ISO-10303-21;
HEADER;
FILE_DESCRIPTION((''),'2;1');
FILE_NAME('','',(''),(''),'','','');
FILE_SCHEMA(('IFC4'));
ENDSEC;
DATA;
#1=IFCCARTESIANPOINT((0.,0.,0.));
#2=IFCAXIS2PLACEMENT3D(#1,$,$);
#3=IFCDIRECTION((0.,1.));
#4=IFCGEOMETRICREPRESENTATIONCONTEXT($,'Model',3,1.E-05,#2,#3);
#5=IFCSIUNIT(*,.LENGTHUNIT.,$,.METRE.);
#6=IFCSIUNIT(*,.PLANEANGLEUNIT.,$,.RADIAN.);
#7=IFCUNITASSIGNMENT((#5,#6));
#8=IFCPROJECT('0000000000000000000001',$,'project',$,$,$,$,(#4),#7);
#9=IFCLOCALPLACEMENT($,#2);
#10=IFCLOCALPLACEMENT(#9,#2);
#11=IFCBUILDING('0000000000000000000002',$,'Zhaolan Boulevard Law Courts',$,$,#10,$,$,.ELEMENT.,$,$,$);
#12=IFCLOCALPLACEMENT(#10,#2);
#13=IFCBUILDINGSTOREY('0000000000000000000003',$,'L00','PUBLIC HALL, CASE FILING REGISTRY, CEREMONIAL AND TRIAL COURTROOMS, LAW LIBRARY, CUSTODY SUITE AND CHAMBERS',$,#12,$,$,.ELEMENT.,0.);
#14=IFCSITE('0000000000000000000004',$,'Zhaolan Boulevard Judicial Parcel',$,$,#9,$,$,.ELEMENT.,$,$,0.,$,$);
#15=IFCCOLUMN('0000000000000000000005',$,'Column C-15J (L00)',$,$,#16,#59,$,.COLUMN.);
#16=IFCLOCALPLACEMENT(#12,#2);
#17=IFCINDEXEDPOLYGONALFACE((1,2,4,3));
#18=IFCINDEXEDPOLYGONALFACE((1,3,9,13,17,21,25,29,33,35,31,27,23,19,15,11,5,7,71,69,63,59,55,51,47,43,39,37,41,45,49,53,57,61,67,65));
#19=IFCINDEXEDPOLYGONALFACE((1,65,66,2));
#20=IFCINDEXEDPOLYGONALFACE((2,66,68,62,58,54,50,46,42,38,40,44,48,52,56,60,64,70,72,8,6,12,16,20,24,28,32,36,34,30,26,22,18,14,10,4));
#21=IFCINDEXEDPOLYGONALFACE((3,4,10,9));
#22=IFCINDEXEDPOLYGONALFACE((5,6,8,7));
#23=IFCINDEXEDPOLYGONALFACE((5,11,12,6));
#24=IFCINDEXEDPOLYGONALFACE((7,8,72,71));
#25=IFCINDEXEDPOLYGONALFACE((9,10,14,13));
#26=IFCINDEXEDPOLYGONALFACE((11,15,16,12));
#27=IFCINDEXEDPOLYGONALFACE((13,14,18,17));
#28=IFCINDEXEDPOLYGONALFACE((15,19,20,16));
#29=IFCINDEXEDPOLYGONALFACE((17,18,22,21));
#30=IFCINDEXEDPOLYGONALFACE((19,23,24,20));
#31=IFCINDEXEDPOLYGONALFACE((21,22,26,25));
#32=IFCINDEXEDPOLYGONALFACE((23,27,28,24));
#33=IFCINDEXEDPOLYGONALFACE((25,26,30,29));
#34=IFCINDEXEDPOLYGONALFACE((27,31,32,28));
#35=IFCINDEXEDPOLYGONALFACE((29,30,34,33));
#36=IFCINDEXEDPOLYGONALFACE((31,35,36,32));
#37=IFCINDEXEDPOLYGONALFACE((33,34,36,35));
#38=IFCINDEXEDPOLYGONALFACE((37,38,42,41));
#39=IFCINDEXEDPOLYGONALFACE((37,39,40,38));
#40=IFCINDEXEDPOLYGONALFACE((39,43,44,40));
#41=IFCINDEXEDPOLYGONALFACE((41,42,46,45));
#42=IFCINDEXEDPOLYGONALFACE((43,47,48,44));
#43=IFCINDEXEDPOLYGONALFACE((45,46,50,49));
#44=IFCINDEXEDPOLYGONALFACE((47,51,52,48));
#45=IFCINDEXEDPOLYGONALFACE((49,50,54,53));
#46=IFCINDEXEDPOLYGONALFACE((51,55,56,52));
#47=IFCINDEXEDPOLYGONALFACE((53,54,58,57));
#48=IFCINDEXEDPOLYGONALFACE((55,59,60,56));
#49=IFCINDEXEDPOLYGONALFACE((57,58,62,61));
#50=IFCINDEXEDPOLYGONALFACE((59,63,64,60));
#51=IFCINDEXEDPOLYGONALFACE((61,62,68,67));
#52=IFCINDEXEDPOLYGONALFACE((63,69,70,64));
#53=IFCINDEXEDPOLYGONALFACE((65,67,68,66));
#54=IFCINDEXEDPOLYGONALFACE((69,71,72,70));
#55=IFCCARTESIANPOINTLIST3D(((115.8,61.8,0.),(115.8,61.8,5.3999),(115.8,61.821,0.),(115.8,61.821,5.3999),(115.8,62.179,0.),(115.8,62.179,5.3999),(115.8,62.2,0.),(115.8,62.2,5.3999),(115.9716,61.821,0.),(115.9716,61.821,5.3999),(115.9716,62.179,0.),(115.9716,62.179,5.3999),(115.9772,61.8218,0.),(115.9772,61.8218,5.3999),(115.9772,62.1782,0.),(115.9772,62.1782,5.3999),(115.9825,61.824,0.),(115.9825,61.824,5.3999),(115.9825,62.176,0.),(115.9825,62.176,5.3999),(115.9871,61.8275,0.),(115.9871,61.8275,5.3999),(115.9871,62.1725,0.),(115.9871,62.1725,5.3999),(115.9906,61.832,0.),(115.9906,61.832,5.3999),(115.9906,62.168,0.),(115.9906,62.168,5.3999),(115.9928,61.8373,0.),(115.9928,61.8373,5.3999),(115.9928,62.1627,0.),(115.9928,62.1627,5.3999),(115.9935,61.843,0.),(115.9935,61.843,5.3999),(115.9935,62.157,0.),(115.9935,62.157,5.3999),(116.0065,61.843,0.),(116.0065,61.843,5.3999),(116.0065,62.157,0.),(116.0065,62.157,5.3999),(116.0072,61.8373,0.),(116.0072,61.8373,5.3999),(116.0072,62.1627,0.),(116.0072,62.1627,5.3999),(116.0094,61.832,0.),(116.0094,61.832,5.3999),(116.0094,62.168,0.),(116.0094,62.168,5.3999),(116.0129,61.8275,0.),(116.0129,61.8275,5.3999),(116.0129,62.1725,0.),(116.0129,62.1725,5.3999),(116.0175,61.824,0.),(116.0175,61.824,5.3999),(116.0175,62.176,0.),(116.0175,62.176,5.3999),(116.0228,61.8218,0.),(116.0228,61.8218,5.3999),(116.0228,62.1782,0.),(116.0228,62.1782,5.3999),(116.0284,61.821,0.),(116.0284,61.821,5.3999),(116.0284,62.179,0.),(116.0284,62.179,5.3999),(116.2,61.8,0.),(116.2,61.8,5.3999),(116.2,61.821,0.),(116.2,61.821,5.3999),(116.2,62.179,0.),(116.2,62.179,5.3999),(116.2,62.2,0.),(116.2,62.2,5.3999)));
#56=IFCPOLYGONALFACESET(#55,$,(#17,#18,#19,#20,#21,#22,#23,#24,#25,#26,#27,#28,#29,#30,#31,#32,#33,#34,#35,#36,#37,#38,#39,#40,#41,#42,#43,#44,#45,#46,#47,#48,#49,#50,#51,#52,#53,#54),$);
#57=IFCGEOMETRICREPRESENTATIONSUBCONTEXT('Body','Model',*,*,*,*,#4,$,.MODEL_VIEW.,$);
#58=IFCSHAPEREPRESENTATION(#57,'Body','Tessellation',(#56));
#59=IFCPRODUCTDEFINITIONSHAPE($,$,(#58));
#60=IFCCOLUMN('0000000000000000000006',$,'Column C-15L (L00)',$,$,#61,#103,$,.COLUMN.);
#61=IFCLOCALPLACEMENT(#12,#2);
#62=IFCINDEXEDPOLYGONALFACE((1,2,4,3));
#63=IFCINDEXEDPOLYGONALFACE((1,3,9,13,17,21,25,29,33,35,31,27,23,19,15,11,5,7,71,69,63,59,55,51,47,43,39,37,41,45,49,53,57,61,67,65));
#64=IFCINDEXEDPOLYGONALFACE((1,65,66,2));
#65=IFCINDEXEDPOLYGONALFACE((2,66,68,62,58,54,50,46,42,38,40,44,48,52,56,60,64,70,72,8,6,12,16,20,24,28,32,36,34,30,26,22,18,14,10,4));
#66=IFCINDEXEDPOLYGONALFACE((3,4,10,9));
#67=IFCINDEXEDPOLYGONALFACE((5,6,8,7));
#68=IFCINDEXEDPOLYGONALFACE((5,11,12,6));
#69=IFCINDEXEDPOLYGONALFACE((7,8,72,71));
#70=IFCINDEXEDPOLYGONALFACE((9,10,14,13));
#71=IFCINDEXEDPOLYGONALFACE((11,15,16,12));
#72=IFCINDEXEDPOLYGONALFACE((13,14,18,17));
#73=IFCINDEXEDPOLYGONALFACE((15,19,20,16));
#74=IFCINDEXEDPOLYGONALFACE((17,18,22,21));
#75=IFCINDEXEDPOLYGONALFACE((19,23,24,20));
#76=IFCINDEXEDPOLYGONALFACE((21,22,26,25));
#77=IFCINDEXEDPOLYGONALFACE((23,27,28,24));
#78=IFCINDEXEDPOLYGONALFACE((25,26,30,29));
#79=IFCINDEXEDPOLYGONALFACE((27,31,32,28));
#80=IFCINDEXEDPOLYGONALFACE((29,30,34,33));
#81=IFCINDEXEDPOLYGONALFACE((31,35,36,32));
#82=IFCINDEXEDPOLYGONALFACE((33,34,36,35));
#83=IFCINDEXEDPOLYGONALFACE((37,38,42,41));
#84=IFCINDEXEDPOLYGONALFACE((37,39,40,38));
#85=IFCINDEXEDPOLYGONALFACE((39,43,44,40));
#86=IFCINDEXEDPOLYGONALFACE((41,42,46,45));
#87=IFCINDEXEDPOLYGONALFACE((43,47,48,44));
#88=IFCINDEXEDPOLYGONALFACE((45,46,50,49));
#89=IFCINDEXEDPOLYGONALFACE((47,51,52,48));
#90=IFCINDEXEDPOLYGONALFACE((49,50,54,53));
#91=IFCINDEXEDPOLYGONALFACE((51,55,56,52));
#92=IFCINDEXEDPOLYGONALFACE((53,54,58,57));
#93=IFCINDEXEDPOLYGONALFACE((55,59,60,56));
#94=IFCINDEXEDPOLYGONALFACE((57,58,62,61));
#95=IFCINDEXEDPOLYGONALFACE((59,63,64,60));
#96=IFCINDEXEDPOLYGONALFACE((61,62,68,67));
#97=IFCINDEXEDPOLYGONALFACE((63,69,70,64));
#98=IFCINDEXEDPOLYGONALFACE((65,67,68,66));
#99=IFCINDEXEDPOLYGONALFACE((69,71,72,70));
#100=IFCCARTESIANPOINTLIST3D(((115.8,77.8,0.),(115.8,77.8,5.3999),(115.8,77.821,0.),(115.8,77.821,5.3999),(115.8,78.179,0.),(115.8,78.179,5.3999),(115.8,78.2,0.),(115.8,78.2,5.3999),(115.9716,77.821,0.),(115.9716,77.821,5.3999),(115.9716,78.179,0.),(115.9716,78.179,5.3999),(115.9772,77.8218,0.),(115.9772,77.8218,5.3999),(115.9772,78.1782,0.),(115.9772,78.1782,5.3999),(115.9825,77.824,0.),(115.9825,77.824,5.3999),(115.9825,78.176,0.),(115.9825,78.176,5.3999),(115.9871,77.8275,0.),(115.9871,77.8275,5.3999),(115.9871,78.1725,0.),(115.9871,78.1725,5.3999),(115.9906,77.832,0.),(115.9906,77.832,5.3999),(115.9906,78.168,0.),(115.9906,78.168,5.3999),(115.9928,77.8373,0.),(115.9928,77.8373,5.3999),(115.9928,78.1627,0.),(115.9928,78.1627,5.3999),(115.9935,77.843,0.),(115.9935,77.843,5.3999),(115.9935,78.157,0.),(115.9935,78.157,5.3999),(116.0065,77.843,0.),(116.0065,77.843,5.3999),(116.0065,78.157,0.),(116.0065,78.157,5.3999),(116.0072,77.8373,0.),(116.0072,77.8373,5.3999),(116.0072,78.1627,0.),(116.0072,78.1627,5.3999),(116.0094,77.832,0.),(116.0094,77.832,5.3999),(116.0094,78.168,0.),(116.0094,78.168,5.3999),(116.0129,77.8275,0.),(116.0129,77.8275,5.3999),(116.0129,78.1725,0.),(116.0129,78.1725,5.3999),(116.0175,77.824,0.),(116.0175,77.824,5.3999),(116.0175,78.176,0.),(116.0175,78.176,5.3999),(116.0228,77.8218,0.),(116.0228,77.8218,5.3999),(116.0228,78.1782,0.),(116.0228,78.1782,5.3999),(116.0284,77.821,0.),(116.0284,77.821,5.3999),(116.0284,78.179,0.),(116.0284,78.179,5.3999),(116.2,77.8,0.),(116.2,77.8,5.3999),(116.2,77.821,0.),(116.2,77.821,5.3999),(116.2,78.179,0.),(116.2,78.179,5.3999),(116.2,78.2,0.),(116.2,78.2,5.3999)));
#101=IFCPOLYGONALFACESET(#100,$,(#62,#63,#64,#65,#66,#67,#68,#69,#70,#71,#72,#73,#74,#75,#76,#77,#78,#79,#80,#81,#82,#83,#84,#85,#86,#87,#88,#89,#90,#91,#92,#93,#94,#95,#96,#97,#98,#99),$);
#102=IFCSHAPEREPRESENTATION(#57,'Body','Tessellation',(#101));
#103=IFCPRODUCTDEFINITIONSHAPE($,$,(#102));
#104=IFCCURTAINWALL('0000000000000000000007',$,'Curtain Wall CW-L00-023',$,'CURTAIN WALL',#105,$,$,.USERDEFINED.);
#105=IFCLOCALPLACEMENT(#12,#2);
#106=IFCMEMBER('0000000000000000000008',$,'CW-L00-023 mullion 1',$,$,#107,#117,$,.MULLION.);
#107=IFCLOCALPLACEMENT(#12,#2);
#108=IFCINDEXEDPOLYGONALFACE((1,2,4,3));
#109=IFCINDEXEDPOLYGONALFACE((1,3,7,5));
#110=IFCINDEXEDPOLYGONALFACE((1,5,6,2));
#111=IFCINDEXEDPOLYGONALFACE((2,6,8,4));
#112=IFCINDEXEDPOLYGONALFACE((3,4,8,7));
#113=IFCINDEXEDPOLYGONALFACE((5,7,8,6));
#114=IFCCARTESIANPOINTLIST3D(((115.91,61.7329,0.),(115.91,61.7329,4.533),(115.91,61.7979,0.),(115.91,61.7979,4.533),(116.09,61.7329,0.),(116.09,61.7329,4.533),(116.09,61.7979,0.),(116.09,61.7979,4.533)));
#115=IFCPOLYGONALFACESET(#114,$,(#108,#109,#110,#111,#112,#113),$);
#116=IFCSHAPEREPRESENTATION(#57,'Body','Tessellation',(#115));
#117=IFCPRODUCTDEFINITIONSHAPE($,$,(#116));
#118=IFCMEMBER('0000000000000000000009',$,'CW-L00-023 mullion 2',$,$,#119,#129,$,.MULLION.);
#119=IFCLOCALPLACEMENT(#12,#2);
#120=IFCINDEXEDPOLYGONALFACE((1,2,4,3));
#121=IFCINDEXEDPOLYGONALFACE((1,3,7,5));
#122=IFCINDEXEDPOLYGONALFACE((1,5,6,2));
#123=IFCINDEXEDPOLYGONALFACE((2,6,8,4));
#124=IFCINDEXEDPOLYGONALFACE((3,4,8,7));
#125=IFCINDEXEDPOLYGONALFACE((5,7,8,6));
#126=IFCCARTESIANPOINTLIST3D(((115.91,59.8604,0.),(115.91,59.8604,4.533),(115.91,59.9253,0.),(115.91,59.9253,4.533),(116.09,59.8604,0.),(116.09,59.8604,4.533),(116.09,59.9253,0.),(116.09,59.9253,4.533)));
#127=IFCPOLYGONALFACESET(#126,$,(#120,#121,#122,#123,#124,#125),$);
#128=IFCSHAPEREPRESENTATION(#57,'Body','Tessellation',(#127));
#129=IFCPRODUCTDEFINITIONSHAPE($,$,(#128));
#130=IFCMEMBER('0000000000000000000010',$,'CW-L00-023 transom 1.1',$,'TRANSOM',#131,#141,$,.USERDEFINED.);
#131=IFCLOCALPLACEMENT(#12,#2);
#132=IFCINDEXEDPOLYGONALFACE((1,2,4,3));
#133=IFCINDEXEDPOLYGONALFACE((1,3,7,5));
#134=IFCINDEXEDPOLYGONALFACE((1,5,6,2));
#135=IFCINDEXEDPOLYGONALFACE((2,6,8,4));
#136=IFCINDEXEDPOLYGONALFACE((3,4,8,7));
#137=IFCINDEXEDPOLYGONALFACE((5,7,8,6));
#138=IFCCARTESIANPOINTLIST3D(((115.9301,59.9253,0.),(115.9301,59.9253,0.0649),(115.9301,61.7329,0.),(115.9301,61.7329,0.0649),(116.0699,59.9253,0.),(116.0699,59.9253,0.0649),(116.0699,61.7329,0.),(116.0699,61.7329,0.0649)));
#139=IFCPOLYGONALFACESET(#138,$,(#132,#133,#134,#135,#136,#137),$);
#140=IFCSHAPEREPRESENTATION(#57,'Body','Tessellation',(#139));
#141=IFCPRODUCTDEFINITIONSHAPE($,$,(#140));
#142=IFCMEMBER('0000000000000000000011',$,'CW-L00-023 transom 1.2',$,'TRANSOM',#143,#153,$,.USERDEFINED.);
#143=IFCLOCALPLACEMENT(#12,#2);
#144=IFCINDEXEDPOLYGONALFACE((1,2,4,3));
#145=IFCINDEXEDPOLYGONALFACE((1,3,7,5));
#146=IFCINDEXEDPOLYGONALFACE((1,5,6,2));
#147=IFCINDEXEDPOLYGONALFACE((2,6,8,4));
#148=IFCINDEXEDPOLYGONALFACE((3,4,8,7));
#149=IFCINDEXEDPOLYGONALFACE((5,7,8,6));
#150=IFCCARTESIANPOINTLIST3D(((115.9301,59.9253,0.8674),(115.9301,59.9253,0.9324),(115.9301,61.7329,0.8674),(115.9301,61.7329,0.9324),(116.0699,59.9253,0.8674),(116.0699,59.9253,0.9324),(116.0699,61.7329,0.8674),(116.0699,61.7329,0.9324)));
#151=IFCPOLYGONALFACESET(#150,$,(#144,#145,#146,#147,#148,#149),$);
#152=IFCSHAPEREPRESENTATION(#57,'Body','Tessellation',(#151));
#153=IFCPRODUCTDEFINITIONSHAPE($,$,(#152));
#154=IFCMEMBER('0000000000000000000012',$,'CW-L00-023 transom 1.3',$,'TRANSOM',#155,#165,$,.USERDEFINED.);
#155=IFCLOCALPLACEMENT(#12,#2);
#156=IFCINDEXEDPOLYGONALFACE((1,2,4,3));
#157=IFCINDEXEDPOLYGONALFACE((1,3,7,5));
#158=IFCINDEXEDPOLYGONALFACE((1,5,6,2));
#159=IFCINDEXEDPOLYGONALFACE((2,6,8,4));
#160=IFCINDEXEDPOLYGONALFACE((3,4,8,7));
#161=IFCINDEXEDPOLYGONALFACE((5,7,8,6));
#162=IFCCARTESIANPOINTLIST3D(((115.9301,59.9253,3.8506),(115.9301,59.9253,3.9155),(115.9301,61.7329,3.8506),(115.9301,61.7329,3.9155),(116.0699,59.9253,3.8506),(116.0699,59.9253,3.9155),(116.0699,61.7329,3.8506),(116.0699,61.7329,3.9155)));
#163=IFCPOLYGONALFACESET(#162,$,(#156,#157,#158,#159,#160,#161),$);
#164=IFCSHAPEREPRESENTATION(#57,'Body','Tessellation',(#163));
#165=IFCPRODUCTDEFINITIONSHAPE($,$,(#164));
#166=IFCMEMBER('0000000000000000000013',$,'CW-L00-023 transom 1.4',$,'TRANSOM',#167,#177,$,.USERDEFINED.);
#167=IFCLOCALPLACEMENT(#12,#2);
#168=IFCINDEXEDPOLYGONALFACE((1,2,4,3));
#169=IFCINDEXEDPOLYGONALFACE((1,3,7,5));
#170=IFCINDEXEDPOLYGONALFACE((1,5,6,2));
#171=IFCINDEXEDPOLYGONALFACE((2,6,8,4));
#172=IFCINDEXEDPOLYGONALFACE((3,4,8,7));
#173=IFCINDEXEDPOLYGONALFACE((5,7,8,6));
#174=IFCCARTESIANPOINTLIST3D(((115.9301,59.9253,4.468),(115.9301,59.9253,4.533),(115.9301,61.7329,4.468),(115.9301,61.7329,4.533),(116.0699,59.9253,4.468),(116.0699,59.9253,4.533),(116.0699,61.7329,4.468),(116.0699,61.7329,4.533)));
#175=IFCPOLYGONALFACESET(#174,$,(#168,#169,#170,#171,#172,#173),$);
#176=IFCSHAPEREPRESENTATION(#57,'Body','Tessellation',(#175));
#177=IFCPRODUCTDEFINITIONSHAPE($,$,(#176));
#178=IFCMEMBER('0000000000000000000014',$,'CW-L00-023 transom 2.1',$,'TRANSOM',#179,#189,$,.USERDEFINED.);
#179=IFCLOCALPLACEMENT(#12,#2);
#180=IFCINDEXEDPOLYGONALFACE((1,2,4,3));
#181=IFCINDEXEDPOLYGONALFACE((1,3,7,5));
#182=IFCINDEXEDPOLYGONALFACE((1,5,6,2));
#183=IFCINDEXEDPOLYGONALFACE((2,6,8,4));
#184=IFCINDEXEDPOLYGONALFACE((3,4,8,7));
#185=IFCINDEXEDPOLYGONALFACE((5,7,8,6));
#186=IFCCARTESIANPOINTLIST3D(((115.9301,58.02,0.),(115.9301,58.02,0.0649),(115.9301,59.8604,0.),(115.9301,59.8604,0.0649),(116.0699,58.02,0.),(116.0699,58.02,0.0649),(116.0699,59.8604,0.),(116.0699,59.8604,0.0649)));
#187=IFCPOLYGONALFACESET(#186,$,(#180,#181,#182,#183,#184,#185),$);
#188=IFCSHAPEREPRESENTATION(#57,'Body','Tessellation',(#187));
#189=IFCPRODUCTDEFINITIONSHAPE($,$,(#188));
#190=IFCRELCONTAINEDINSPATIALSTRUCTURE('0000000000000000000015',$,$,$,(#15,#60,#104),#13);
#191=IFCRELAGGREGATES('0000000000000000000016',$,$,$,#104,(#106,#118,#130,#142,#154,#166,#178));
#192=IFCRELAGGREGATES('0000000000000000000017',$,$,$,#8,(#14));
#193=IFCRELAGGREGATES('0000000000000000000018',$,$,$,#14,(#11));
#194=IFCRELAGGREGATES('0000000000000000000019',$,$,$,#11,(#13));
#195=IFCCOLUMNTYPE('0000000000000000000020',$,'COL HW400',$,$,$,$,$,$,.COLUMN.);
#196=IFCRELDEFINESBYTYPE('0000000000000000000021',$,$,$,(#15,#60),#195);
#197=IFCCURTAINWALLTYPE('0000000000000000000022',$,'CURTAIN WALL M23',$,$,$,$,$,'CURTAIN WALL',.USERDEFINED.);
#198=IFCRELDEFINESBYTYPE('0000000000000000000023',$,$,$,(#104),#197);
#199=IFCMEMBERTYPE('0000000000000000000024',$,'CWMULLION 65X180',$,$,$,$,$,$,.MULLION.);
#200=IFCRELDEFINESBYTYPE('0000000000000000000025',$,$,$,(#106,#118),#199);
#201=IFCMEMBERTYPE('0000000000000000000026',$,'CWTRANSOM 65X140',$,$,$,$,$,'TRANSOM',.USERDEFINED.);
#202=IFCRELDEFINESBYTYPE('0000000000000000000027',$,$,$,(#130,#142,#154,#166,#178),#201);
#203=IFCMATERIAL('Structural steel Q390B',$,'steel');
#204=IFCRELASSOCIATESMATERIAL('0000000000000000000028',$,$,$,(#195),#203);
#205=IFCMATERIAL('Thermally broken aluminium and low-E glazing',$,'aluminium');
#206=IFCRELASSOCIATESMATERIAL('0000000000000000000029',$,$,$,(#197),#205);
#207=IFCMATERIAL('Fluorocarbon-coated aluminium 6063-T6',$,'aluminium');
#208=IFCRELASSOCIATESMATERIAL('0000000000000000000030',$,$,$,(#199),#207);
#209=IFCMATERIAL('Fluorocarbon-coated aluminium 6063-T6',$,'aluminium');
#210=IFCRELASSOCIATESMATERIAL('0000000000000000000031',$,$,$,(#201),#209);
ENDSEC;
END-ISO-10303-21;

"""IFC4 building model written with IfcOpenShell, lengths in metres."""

from ifc_helpers import new_model, si_unit, direction, frame, origin, origin_2d, place, context, subcontext, project, spatial, rectangle, i_section, extrude, material, material_profile, profile_set, type_object, element, aggregate, save


model = new_model("IFC4")

# Units and contexts
model_context = context("Model", 3, precision=1e-05, world=origin(), true_north=direction((0.0, 1.0)))
body_context = subcontext(model_context, "Body", "Model", "MODEL_VIEW")
ifc_project = project(units=[si_unit("LENGTHUNIT", "METRE"), si_unit("PLANEANGLEUNIT", "RADIAN")], contexts=[model_context])

# Site, building, storey
site_placement = place(None, origin())
site = spatial("IfcSite", under=ifc_project, at=site_placement, Name="Zhaolan Boulevard Judicial Parcel", CompositionType="ELEMENT", RefElevation=0.0)
building_placement = place(site_placement, origin())
building = spatial("IfcBuilding", under=site, at=building_placement, Name="Zhaolan Boulevard Law Courts", CompositionType="ELEMENT")
storey_placement = place(building_placement, origin())
storey = spatial("IfcBuildingStorey", under=building, at=storey_placement, Name="L00", Description="PUBLIC HALL, CASE FILING REGISTRY, CEREMONIAL AND TRIAL COURTROOMS, LAW LIBRARY, CUSTODY SUITE AND CHAMBERS", CompositionType="ELEMENT", Elevation=0.0)

# Columns
ifc_material_1 = material(Name="Structural steel Q390B", Category="steel")
ifc_material_profile_1 = material_profile(ifc_material_1, i_section(OverallWidth=0.3999, OverallDepth=0.3999, WebThickness=0.0129, FlangeThickness=0.021, FilletRadius=0.022, at=origin_2d()), Name="HW400x400")
ifc_profile_set_1 = profile_set([ifc_material_profile_1], Name="Structural steel Q390B")
column_type = type_object("IfcColumnType", Name="COL HW400", PredefinedType="COLUMN", material=ifc_profile_set_1)
for number, where, z_axis, x_axis, name in (
    (1, (116.0, 62.0, 0.0), (0.0, 0.0, 1.0), (1.0, 0.0, 0.0), "Column C-15J (L00)"),
    (2, (116.0, 78.0, 0.0), (0.0, 0.0, 1.0), (1.0, 0.0, 0.0), "Column C-15L (L00)"),
):
    element("IfcColumn", number, at=place(storey_placement, frame(where, z_axis=z_axis, x_axis=x_axis)), inside=storey, type_object=column_type, Name=name, PredefinedType="COLUMN", context=body_context, shape_type="SweptSolid", body=[
        extrude(i_section(OverallWidth=0.3999, OverallDepth=0.3999, WebThickness=0.0129, FlangeThickness=0.021, FilletRadius=0.022, at=origin_2d()), origin(), (0.0, 0.0, 1.0), 5.3999),
    ])

# Curtain wall, members
ifc_material_2 = material(Name="Thermally broken aluminium and low-E glazing", Category="aluminium")
curtain_wall_type = type_object("IfcCurtainWallType", Name="CURTAIN WALL M23", ElementType="CURTAIN WALL", PredefinedType="USERDEFINED", material=ifc_material_2)
curtain_wall_placement = place(storey_placement, origin())
curtain_wall = element("IfcCurtainWall", 3, at=curtain_wall_placement, inside=storey, type_object=curtain_wall_type, Name="Curtain Wall CW-L00-023", ObjectType="CURTAIN WALL", PredefinedType="USERDEFINED")
ifc_material_3 = material(Name="Fluorocarbon-coated aluminium 6063-T6", Category="aluminium")
ifc_material_profile_2 = material_profile(ifc_material_3, rectangle(XDim=0.1799, YDim=0.0649, at=origin_2d()), Name="AL65x180")
ifc_profile_set_2 = profile_set([ifc_material_profile_2], Name="Fluorocarbon-coated aluminium 6063-T6")
member_type_1 = type_object("IfcMemberType", Name="CWMULLION 65X180", PredefinedType="MULLION", material=ifc_profile_set_2)
member_1_placement = place(storey_placement, frame((116.0, 61.7654, 0.0), z_axis=(0.0, 0.0, 1.0), x_axis=(1.0, 0.0, 0.0)))
member_1 = element("IfcMember", 4, at=member_1_placement, type_object=member_type_1, Name="CW-L00-023 mullion 1", PredefinedType="MULLION", context=body_context, shape_type="SweptSolid", body=[
    extrude(rectangle(XDim=0.1799, YDim=0.0649, at=origin_2d()), origin(), (0.0, 0.0, 1.0), 4.533),
])
member_2_placement = place(storey_placement, frame((116.0, 59.8928, 0.0), z_axis=(0.0, 0.0, 1.0), x_axis=(1.0, 0.0, 0.0)))
member_2 = element("IfcMember", 5, at=member_2_placement, type_object=member_type_1, Name="CW-L00-023 mullion 2", PredefinedType="MULLION", context=body_context, shape_type="SweptSolid", body=[
    extrude(rectangle(XDim=0.1799, YDim=0.0649, at=origin_2d()), origin(), (0.0, 0.0, 1.0), 4.533),
])
ifc_material_4 = material(Name="Fluorocarbon-coated aluminium 6063-T6", Category="aluminium")
ifc_material_profile_3 = material_profile(ifc_material_4, rectangle(XDim=0.1399, YDim=0.0649, at=origin_2d()), Name="AL65x140")
ifc_profile_set_3 = profile_set([ifc_material_profile_3], Name="Fluorocarbon-coated aluminium 6063-T6")
member_type_2 = type_object("IfcMemberType", Name="CWTRANSOM 65X140", ElementType="TRANSOM", PredefinedType="USERDEFINED", material=ifc_profile_set_3)
member_3_placement = place(storey_placement, frame((116.0, 61.7329, 0.0325), z_axis=(0.0, -1.0, 0.0), x_axis=(1.0, 0.0, 0.0)))
member_3 = element("IfcMember", 6, at=member_3_placement, type_object=member_type_2, Name="CW-L00-023 transom 1.1", ObjectType="TRANSOM", PredefinedType="USERDEFINED", context=body_context, shape_type="SweptSolid", body=[
    extrude(rectangle(XDim=0.1399, YDim=0.0649, at=origin_2d()), origin(), (0.0, 0.0, 1.0), 1.8076),
])
member_4_placement = place(storey_placement, frame((116.0, 61.7329, 0.8999), z_axis=(0.0, -1.0, 0.0), x_axis=(1.0, 0.0, 0.0)))
member_4 = element("IfcMember", 7, at=member_4_placement, type_object=member_type_2, Name="CW-L00-023 transom 1.2", ObjectType="TRANSOM", PredefinedType="USERDEFINED", context=body_context, shape_type="SweptSolid", body=[
    extrude(rectangle(XDim=0.1399, YDim=0.0649, at=origin_2d()), origin(), (0.0, 0.0, 1.0), 1.8076),
])
member_5_placement = place(storey_placement, frame((116.0, 61.7329, 3.8831), z_axis=(0.0, -1.0, 0.0), x_axis=(1.0, 0.0, 0.0)))
member_5 = element("IfcMember", 8, at=member_5_placement, type_object=member_type_2, Name="CW-L00-023 transom 1.3", ObjectType="TRANSOM", PredefinedType="USERDEFINED", context=body_context, shape_type="SweptSolid", body=[
    extrude(rectangle(XDim=0.1399, YDim=0.0649, at=origin_2d()), origin(), (0.0, 0.0, 1.0), 1.8076),
])
member_6_placement = place(storey_placement, frame((116.0, 61.7329, 4.5005), z_axis=(0.0, -1.0, 0.0), x_axis=(1.0, 0.0, 0.0)))
member_6 = element("IfcMember", 9, at=member_6_placement, type_object=member_type_2, Name="CW-L00-023 transom 1.4", ObjectType="TRANSOM", PredefinedType="USERDEFINED", context=body_context, shape_type="SweptSolid", body=[
    extrude(rectangle(XDim=0.1399, YDim=0.0649, at=origin_2d()), origin(), (0.0, 0.0, 1.0), 1.8076),
])
member_7_placement = place(storey_placement, frame((116.0, 59.8604, 0.0325), z_axis=(0.0, -1.0, 0.0), x_axis=(1.0, 0.0, 0.0)))
member_7 = element("IfcMember", 10, at=member_7_placement, type_object=member_type_2, Name="CW-L00-023 transom 2.1", ObjectType="TRANSOM", PredefinedType="USERDEFINED", context=body_context, shape_type="SweptSolid", body=[
    extrude(rectangle(XDim=0.1399, YDim=0.0649, at=origin_2d()), origin(), (0.0, 0.0, 1.0), 1.8403),
])

aggregate(curtain_wall, [member_1, member_2, member_3, member_4, member_5, member_6, member_7])

save(model, "model.ifc")
